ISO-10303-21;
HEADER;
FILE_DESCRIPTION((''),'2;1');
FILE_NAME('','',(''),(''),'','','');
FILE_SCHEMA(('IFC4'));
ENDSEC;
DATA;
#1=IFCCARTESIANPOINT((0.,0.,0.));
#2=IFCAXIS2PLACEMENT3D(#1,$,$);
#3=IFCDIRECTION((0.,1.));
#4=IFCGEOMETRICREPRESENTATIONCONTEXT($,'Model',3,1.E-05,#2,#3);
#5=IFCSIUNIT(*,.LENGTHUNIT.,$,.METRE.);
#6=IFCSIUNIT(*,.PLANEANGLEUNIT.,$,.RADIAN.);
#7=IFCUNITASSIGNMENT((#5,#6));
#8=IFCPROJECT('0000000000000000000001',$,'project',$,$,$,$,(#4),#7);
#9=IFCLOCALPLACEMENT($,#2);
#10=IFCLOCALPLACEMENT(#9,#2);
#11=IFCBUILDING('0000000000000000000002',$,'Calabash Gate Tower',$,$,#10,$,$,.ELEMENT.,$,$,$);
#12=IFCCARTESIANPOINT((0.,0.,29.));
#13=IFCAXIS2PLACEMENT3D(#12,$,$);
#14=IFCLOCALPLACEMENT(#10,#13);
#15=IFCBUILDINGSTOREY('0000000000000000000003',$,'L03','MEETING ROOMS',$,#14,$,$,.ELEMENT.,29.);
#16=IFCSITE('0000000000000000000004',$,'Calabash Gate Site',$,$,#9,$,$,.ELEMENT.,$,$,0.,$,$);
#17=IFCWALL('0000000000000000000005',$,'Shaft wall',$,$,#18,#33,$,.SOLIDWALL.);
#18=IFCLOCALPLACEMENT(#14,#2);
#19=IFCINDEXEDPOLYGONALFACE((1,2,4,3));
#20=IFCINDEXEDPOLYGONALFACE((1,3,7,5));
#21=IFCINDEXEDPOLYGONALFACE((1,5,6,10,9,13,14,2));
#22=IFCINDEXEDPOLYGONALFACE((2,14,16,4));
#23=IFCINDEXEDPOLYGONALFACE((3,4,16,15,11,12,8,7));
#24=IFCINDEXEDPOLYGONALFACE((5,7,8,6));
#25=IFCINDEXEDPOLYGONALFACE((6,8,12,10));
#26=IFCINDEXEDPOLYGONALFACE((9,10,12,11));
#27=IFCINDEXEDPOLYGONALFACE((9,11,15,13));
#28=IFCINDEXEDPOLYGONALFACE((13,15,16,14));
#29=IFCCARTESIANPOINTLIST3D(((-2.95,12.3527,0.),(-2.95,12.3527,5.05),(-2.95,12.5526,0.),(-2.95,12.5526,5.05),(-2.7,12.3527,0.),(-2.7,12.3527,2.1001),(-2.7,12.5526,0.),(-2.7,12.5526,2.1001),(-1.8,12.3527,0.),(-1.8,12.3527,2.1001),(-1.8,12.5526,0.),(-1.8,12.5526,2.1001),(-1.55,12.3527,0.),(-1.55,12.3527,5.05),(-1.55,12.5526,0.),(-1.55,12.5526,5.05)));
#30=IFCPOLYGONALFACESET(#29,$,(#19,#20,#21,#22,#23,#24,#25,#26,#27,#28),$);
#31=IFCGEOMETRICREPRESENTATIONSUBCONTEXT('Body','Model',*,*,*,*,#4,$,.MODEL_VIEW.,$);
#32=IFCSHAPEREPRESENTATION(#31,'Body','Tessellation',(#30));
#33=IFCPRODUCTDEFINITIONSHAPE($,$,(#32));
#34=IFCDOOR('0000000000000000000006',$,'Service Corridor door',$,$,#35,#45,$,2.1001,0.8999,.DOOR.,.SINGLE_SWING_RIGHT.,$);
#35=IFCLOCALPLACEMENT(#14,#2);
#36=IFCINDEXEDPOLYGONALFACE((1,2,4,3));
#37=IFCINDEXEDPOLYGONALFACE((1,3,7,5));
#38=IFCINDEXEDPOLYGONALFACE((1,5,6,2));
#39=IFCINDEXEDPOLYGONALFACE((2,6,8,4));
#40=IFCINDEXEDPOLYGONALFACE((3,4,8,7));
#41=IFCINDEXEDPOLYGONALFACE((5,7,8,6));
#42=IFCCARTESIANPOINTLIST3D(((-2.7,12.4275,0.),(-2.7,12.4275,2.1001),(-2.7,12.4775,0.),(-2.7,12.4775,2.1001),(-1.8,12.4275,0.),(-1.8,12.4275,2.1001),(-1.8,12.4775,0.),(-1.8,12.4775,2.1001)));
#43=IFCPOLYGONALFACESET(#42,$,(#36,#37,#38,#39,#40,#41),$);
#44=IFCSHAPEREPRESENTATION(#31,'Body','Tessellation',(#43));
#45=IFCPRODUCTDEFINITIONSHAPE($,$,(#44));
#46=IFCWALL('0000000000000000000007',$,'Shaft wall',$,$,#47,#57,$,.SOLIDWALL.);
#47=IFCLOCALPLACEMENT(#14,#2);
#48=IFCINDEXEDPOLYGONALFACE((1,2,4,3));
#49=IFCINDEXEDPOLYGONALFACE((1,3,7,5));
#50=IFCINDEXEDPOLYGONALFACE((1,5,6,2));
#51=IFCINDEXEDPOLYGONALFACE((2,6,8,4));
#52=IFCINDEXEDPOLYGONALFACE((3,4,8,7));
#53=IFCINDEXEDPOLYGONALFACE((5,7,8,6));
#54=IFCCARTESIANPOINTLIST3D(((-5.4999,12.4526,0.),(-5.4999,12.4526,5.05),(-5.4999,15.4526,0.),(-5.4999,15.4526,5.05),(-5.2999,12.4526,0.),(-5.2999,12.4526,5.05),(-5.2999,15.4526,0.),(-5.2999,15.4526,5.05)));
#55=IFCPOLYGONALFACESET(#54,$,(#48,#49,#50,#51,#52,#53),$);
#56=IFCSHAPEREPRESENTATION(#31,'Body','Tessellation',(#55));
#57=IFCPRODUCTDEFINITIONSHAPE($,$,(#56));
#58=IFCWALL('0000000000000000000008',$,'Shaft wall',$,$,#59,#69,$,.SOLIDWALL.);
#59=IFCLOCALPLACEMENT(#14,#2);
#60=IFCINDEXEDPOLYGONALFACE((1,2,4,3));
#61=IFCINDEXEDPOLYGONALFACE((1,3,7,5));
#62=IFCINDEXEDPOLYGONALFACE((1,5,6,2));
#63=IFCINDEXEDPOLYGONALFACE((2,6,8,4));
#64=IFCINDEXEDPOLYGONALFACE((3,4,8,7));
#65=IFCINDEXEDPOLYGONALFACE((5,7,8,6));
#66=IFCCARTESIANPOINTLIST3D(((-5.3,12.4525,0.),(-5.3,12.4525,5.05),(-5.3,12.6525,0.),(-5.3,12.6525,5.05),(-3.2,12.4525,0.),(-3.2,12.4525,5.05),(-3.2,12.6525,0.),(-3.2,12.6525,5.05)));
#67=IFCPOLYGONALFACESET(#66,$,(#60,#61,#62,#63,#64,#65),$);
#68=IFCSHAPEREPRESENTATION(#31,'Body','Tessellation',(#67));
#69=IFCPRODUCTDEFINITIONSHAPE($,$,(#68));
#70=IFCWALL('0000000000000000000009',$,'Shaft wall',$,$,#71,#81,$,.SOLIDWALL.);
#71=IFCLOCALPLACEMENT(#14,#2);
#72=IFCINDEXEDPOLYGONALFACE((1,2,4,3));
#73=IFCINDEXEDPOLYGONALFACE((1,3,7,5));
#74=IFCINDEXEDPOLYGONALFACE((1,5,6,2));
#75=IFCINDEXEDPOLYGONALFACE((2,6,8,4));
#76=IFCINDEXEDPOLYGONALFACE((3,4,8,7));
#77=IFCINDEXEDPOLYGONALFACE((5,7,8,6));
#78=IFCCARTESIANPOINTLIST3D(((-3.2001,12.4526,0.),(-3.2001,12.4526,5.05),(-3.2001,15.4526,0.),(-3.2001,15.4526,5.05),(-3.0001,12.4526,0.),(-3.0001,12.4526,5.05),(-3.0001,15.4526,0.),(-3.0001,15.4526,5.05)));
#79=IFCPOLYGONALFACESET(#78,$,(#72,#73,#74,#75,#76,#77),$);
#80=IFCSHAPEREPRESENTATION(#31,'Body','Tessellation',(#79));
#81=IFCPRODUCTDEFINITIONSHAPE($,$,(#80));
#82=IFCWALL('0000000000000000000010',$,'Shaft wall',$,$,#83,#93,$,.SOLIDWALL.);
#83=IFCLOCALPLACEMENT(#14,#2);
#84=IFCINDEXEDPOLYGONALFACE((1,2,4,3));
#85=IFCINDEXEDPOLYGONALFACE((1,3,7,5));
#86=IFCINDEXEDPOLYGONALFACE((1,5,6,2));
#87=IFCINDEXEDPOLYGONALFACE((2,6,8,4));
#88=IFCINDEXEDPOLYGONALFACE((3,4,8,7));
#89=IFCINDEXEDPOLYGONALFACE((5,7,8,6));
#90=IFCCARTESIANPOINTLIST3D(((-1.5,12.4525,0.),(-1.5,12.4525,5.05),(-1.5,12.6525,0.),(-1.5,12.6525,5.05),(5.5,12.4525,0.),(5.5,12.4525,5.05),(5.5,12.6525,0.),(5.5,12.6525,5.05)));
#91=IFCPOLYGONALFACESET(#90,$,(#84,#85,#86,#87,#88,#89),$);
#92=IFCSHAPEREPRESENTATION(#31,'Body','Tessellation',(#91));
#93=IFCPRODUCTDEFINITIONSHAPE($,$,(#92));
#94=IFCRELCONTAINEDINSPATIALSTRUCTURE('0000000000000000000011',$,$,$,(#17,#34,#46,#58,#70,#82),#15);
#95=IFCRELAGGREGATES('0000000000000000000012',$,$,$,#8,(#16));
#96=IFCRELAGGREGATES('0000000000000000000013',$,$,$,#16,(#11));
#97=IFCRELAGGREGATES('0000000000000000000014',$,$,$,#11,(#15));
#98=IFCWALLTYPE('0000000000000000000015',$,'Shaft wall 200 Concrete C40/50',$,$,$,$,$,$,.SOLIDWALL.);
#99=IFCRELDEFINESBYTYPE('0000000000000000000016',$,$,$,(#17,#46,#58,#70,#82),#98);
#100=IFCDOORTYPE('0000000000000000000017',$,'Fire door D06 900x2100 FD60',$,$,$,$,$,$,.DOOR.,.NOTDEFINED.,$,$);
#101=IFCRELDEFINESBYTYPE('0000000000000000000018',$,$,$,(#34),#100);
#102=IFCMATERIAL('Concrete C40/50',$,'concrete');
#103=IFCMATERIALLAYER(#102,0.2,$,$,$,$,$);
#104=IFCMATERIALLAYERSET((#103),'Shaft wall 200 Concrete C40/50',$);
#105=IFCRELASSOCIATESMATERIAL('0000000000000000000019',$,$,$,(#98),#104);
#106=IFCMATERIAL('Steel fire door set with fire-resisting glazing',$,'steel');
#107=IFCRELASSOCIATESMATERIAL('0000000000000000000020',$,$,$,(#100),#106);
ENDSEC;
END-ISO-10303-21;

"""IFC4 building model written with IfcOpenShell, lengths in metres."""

from ifc_helpers import new_model, si_unit, direction, frame, frame_2d, origin, place, context, subcontext, project, spatial, rectangle, extrude, material, layer, layer_set, type_object, element, fill, save


model = new_model("IFC4")

# Units and contexts
model_context = context("Model", 3, precision=1e-05, world=origin(), true_north=direction((0.0, 1.0)))
body_context = subcontext(model_context, "Body", "Model", "MODEL_VIEW")
ifc_project = project(units=[si_unit("LENGTHUNIT", "METRE"), si_unit("PLANEANGLEUNIT", "RADIAN")], contexts=[model_context])

# Site, building, storey
site_placement = place(None, origin())
site = spatial("IfcSite", under=ifc_project, at=site_placement, Name="Calabash Gate Site", CompositionType="ELEMENT", RefElevation=0.0)
building_placement = place(site_placement, origin())
building = spatial("IfcBuilding", under=site, at=building_placement, Name="Calabash Gate Tower", CompositionType="ELEMENT")
storey_placement = place(building_placement, frame((0.0, 0.0, 29.0)))
storey = spatial("IfcBuildingStorey", under=building, at=storey_placement, Name="L03", Description="MEETING ROOMS", CompositionType="ELEMENT", Elevation=29.0)

# Shared definitions
ifc_material_1 = material(Name="Concrete C40/50", Category="concrete")
ifc_layer_1 = layer(ifc_material_1, 0.2)
ifc_layer_set_1 = layer_set([ifc_layer_1], Name="Shaft wall 200 Concrete C40/50")
wall_type = type_object("IfcWallType", Name="Shaft wall 200 Concrete C40/50", PredefinedType="SOLIDWALL", material=ifc_layer_set_1)

# Wall, opening, door
wall_1_placement = place(storey_placement, frame((-2.95, 12.4526, 0.0), z_axis=(0.0, 0.0, 1.0), x_axis=(1.0, 0.0, 0.0)))
wall_1 = element("IfcWall", 1, at=wall_1_placement, inside=storey, type_object=wall_type, Name="Shaft wall", PredefinedType="SOLIDWALL", context=body_context, shape_type="SweptSolid", body=[
    extrude(rectangle(XDim=1.3999, YDim=0.2, at=frame_2d((0.7, 0.0))), origin(), (0.0, 0.0, 1.0), 5.05),
])
opening_1_placement = place(wall_1_placement, frame((0.25, 0.0, 0.0)))
opening_1 = element("IfcOpeningElement", 2, at=opening_1_placement, cuts=wall_1, PredefinedType="OPENING", context=body_context, shape_type="SweptSolid", body=[
    extrude(rectangle(XDim=0.8999, YDim=2.1001, at=frame_2d((0.45, 1.05))), frame((0.0, 0.1099, 0.0), z_axis=(0.0, -1.0, 0.0), x_axis=(1.0, 0.0, 0.0)), (0.0, 0.0, 1.0), 0.22),
])
ifc_material_2 = material(Name="Steel fire door set with fire-resisting glazing", Category="steel")
door_type_1 = type_object("IfcDoorType", Name="Fire door D06 900x2100 FD60", OperationType="NOTDEFINED", PredefinedType="DOOR", material=ifc_material_2)
door_1_placement = place(opening_1_placement, origin())
door_1 = element("IfcDoor", 3, at=door_1_placement, inside=storey, type_object=door_type_1, Name="Service Corridor door", OperationType="SINGLE_SWING_RIGHT", OverallHeight=2.1001, OverallWidth=0.8999, PredefinedType="DOOR", context=body_context, shape_type="SweptSolid", body=[
    extrude(rectangle(XDim=0.8999, YDim=2.1001, at=frame_2d((0.45, 1.05))), frame((0.0, 0.0249, 0.0), z_axis=(0.0, -1.0, 0.0), x_axis=(1.0, 0.0, 0.0)), (0.0, 0.0, 1.0), 0.05),
])
fill(opening_1, door_1)

# Walls
wall_2_placement = place(storey_placement, frame((-5.3999, 12.4526, 0.0), z_axis=(0.0, 0.0, 1.0), x_axis=(0.0, 1.0, 0.0)))
element("IfcWall", 4, at=wall_2_placement, inside=storey, type_object=wall_type, Name="Shaft wall", PredefinedType="SOLIDWALL", context=body_context, shape_type="SweptSolid", body=[
    extrude(rectangle(XDim=3.0, YDim=0.2, at=frame_2d((1.5, 0.0))), origin(), (0.0, 0.0, 1.0), 5.05),
])
wall_3_placement = place(storey_placement, frame((-5.3, 12.5525, 0.0), z_axis=(0.0, 0.0, 1.0), x_axis=(1.0, 0.0, 0.0)))
element("IfcWall", 5, at=wall_3_placement, inside=storey, type_object=wall_type, Name="Shaft wall", PredefinedType="SOLIDWALL", context=body_context, shape_type="SweptSolid", body=[
    extrude(rectangle(XDim=2.1001, YDim=0.2, at=frame_2d((1.05, 0.0))), origin(), (0.0, 0.0, 1.0), 5.05),
])
wall_4_placement = place(storey_placement, frame((-3.1001, 12.4526, 0.0), z_axis=(0.0, 0.0, 1.0), x_axis=(0.0, 1.0, 0.0)))
element("IfcWall", 6, at=wall_4_placement, inside=storey, type_object=wall_type, Name="Shaft wall", PredefinedType="SOLIDWALL", context=body_context, shape_type="SweptSolid", body=[
    extrude(rectangle(XDim=3.0, YDim=0.2, at=frame_2d((1.5, 0.0))), origin(), (0.0, 0.0, 1.0), 5.05),
])
wall_5_placement = place(storey_placement, frame((-1.5, 12.5525, 0.0), z_axis=(0.0, 0.0, 1.0), x_axis=(1.0, 0.0, 0.0)))
element("IfcWall", 7, at=wall_5_placement, inside=storey, type_object=wall_type, Name="Shaft wall", PredefinedType="SOLIDWALL", context=body_context, shape_type="SweptSolid", body=[
    extrude(rectangle(XDim=7.0, YDim=0.2, at=frame_2d((3.5, 0.0))), origin(), (0.0, 0.0, 1.0), 5.05),
])

save(model, "model.ifc")
